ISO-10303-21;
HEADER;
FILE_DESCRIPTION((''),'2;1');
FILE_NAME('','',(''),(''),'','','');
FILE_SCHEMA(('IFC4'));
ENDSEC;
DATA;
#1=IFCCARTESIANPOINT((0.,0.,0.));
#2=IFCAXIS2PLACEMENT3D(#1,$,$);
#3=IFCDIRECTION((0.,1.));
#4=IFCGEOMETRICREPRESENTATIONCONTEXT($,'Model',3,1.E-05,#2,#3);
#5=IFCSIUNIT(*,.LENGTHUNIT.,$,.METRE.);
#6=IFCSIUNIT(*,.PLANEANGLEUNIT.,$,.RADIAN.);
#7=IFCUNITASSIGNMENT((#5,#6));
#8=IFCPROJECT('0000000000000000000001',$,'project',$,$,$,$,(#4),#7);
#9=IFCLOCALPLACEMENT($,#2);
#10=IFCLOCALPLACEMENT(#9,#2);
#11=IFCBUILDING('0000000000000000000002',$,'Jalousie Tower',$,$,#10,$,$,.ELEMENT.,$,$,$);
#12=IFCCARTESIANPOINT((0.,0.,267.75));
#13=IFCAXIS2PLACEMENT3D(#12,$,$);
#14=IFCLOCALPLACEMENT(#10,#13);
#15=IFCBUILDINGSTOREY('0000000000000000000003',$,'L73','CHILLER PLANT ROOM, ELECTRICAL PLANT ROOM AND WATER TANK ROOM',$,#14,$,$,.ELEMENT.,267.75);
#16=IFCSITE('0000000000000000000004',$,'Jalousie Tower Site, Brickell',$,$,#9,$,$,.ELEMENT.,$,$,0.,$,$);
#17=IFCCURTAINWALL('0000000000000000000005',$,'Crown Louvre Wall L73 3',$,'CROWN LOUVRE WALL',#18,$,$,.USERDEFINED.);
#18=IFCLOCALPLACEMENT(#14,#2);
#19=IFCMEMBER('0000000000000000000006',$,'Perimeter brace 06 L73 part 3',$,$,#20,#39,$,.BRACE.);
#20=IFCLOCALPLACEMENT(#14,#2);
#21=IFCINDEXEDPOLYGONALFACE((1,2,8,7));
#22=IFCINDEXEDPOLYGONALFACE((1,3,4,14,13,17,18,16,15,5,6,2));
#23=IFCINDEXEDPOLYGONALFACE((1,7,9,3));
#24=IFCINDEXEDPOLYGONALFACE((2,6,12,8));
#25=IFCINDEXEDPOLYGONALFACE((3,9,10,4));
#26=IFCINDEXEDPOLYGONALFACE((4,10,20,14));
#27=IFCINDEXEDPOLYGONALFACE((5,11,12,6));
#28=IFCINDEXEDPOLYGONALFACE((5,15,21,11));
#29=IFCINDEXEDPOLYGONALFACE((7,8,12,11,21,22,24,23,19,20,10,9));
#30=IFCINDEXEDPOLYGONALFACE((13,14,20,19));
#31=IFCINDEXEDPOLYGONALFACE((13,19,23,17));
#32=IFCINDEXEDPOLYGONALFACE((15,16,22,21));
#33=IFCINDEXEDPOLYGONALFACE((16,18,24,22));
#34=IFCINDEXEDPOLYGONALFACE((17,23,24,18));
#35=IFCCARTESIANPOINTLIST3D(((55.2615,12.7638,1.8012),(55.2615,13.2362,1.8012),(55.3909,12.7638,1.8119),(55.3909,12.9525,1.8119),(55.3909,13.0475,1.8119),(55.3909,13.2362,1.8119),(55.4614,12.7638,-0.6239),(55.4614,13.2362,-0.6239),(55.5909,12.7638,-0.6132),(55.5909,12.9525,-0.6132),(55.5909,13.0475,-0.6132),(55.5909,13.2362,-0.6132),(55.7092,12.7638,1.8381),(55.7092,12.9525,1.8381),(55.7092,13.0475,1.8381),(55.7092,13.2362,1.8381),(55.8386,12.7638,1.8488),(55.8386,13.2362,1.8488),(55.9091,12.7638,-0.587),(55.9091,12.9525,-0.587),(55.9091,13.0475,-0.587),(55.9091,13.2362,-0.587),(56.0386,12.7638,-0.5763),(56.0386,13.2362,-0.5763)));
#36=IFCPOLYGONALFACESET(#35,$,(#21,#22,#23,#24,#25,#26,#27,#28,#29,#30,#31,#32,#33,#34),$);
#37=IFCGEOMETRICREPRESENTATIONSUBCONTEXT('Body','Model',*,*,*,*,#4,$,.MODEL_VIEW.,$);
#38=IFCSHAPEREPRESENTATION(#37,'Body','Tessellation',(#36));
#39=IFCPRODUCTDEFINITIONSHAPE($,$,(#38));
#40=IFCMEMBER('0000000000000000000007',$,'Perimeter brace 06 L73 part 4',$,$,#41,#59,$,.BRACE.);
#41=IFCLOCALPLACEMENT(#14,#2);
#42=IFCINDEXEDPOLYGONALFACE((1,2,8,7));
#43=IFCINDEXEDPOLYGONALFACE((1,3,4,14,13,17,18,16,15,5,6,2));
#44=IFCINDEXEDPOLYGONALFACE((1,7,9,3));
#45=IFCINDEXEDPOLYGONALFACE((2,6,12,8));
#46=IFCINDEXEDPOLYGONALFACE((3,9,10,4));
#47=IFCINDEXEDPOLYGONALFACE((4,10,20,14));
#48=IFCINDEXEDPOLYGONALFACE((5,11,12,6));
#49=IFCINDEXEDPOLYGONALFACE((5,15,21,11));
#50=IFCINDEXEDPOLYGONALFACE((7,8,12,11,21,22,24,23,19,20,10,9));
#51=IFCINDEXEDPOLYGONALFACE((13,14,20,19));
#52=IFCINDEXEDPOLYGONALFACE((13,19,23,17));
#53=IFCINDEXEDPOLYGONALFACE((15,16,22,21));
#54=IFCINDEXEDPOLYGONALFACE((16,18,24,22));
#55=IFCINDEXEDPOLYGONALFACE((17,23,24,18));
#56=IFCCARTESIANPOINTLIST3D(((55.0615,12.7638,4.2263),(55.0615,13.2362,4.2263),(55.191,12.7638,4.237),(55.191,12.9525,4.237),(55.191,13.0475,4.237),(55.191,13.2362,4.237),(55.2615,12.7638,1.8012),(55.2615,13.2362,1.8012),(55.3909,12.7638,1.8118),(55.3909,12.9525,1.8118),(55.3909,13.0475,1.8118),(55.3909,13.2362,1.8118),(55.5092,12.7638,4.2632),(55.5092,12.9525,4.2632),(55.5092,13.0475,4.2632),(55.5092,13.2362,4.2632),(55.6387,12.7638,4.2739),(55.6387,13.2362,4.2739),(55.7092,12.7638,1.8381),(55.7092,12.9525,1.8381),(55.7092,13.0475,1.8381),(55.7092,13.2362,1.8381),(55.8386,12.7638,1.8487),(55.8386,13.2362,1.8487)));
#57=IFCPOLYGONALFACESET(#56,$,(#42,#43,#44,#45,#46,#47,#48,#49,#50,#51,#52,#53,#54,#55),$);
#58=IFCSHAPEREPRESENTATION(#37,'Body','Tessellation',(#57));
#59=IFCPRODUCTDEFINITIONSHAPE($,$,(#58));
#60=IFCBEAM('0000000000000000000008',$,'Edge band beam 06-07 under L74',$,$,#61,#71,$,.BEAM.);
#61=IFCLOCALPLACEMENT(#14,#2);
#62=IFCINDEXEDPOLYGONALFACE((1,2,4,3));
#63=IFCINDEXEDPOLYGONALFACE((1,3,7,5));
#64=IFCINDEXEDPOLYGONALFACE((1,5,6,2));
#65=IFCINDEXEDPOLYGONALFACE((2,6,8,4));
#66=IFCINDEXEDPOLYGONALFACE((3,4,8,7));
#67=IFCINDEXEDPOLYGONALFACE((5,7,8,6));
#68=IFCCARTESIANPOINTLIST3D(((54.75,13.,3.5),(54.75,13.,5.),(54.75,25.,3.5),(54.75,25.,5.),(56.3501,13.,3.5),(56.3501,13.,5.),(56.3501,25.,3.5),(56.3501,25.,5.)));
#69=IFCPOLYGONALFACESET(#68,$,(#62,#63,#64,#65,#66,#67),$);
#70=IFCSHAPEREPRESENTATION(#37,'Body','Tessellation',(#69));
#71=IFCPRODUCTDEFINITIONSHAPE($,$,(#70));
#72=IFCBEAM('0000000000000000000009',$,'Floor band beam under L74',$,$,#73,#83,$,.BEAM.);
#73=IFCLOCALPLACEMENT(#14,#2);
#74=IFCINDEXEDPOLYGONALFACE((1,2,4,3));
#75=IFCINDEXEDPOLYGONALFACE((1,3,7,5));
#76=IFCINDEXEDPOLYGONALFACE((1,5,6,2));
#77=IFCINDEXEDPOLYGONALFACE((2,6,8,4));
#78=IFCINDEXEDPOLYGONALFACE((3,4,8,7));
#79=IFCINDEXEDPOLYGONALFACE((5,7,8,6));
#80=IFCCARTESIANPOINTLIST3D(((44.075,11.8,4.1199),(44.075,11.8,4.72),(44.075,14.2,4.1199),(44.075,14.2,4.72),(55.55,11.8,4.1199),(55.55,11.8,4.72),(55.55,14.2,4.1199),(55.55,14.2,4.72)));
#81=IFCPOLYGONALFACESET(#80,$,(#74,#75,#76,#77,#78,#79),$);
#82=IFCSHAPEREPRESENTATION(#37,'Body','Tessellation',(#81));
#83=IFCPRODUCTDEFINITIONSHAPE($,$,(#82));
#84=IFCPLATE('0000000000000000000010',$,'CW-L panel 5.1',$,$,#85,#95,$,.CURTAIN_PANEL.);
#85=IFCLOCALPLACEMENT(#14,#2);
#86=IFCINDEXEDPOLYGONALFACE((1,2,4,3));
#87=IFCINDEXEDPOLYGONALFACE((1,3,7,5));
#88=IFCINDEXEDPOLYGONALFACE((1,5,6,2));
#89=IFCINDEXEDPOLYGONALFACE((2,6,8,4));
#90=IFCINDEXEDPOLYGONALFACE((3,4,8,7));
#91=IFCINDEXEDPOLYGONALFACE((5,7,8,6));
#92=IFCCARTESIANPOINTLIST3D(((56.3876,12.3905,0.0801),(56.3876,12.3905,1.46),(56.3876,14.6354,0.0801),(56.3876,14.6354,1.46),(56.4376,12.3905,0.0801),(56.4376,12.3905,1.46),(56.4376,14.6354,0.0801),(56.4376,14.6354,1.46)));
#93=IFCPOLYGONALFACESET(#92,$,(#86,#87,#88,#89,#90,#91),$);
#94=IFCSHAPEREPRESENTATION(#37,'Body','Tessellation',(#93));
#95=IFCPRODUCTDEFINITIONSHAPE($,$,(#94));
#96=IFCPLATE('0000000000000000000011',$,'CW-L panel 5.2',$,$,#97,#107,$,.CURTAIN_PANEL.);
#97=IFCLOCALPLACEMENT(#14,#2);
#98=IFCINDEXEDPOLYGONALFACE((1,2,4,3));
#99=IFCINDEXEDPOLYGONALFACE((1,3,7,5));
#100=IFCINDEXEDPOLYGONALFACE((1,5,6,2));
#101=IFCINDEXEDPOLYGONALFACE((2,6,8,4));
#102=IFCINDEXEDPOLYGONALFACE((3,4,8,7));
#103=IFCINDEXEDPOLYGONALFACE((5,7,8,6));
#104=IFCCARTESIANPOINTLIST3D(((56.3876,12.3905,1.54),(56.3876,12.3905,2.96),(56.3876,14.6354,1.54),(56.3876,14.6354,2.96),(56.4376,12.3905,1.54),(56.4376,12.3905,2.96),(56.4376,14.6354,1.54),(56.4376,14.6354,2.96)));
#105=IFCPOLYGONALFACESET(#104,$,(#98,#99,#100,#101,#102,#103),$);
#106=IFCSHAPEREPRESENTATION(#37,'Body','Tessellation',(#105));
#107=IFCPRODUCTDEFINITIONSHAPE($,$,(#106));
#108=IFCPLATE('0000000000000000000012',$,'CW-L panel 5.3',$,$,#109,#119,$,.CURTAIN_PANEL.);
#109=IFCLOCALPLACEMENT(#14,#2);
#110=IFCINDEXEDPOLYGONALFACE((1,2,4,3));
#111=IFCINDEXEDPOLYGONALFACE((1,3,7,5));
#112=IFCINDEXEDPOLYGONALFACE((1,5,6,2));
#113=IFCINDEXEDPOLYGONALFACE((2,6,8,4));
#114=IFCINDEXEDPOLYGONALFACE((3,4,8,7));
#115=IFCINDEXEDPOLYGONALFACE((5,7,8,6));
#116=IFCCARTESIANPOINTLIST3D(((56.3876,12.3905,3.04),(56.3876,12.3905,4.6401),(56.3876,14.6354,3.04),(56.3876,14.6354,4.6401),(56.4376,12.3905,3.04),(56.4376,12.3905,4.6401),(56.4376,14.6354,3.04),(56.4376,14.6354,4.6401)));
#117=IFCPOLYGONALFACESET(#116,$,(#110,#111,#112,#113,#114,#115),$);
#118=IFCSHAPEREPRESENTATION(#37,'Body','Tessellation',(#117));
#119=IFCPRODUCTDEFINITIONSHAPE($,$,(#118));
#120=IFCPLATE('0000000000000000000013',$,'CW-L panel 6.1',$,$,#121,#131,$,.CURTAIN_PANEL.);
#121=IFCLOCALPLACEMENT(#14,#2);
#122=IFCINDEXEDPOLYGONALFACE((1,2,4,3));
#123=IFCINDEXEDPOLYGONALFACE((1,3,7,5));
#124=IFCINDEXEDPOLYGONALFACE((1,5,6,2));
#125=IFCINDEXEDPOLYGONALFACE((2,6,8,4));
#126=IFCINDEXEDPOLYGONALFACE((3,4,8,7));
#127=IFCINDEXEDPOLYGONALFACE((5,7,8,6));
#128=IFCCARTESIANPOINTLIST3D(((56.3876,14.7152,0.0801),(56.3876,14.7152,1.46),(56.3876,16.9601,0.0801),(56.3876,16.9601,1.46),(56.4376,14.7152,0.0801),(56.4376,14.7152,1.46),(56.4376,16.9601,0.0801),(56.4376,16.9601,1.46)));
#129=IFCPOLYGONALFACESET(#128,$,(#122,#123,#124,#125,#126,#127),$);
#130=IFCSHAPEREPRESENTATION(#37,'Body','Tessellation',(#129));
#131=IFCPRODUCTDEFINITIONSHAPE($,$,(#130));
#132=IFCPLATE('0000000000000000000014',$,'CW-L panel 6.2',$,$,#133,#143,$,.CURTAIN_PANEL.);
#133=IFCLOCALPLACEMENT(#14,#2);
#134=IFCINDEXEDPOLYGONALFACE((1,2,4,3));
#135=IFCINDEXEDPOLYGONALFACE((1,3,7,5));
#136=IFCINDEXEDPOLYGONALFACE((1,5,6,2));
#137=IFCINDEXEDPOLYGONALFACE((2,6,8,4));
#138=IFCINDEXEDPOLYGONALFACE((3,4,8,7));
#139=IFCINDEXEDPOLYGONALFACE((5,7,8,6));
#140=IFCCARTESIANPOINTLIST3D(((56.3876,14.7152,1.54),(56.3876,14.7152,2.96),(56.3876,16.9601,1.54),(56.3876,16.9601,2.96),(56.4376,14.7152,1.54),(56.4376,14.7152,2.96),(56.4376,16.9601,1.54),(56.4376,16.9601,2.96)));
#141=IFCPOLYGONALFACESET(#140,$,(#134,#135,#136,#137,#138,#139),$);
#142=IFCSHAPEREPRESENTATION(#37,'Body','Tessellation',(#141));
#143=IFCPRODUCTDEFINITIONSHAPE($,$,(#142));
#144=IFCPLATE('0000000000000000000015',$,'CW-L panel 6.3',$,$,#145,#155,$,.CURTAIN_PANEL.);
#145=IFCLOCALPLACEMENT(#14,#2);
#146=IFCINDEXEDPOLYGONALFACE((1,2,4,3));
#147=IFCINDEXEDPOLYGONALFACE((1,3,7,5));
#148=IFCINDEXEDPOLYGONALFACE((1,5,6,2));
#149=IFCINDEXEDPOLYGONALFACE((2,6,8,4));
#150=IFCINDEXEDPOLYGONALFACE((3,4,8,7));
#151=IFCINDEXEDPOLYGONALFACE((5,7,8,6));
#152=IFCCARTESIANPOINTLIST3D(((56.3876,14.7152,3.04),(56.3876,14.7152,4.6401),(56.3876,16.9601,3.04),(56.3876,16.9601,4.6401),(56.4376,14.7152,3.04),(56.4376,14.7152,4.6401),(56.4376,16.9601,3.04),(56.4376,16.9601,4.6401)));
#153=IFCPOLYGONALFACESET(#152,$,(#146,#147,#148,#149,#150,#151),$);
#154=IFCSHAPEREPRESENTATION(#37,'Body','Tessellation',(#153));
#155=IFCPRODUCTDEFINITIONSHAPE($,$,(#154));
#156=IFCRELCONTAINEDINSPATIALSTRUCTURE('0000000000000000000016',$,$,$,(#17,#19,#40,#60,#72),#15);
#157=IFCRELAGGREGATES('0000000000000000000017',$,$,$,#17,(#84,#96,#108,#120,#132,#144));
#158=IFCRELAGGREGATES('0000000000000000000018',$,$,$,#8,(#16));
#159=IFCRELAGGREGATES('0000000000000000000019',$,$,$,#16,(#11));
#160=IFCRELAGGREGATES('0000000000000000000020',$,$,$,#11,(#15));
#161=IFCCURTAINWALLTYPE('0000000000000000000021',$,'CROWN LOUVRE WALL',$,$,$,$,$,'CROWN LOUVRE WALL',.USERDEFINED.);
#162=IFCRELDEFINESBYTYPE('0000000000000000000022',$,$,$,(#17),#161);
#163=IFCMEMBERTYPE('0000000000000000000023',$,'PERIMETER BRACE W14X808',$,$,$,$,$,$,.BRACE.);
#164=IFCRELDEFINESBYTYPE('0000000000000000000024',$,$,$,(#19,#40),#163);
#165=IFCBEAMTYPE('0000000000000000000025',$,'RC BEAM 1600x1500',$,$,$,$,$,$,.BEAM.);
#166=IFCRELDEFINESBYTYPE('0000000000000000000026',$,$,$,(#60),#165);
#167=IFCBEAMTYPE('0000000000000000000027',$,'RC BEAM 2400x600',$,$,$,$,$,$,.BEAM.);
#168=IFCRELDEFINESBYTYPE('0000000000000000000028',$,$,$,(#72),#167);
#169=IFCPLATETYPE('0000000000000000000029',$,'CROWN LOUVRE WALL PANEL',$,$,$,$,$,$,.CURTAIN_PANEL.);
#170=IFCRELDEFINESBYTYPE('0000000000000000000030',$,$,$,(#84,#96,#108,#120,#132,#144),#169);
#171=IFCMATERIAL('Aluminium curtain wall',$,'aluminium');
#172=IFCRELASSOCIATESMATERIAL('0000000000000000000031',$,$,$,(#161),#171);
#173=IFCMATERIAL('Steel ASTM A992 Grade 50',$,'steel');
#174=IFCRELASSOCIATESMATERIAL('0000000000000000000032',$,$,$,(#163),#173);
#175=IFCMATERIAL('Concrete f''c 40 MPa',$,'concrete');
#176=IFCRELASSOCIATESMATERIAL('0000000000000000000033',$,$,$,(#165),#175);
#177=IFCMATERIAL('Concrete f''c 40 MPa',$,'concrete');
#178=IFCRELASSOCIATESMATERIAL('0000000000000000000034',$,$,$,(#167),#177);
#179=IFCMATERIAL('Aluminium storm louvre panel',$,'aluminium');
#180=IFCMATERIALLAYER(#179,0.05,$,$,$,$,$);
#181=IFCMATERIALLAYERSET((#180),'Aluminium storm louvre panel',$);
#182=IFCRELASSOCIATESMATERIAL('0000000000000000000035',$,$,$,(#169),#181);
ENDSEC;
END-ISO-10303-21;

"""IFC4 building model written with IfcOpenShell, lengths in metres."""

from ifc_helpers import new_model, si_unit, direction, frame, origin, origin_2d, place, context, subcontext, project, spatial, rectangle, i_section, extrude, material, layer, layer_set, material_profile, profile_set, type_object, element, aggregate, save


model = new_model("IFC4")

# Units and contexts
model_context = context("Model", 3, precision=1e-05, world=origin(), true_north=direction((0.0, 1.0)))
body_context = subcontext(model_context, "Body", "Model", "MODEL_VIEW")
ifc_project = project(units=[si_unit("LENGTHUNIT", "METRE"), si_unit("PLANEANGLEUNIT", "RADIAN")], contexts=[model_context])

# Site, building, storey
site_placement = place(None, origin())
site = spatial("IfcSite", under=ifc_project, at=site_placement, Name="Jalousie Tower Site, Brickell", CompositionType="ELEMENT", RefElevation=0.0)
building_placement = place(site_placement, origin())
building = spatial("IfcBuilding", under=site, at=building_placement, Name="Jalousie Tower", CompositionType="ELEMENT")
storey_placement = place(building_placement, frame((0.0, 0.0, 267.75)))
storey = spatial("IfcBuildingStorey", under=building, at=storey_placement, Name="L73", Description="CHILLER PLANT ROOM, ELECTRICAL PLANT ROOM AND WATER TANK ROOM", CompositionType="ELEMENT", Elevation=267.75)

# Curtain wall
ifc_material_1 = material(Name="Aluminium curtain wall", Category="aluminium")
curtain_wall_type = type_object("IfcCurtainWallType", Name="CROWN LOUVRE WALL", ElementType="CROWN LOUVRE WALL", PredefinedType="USERDEFINED", material=ifc_material_1)
curtain_wall_placement = place(storey_placement, origin())
curtain_wall = element("IfcCurtainWall", 1, at=curtain_wall_placement, inside=storey, type_object=curtain_wall_type, Name="Crown Louvre Wall L73 3", ObjectType="CROWN LOUVRE WALL", PredefinedType="USERDEFINED")

# Members
ifc_material_2 = material(Name="Steel ASTM A992 Grade 50", Category="steel")
ifc_material_profile_1 = material_profile(ifc_material_2, i_section(OverallWidth=0.4724, OverallDepth=0.5791, WebThickness=0.095, FlangeThickness=0.1299, at=origin_2d()), Name="W14X808")
ifc_profile_set_1 = profile_set([ifc_material_profile_1], Name="Steel ASTM A992 Grade 50")
member_type_1 = type_object("IfcMemberType", Name="PERIMETER BRACE W14X808", PredefinedType="BRACE", material=ifc_profile_set_1)
for number, where, z_axis, x_axis, name in (
    (2, (55.75, 13.0, -0.6001), (-0.082174, 0.0, 0.996618), (0.0, -1.0, 0.0), "Perimeter brace 06 L73 part 3"),
    (3, (55.55, 13.0, 1.825), (-0.082174, 0.0, 0.996618), (0.0, -1.0, 0.0), "Perimeter brace 06 L73 part 4"),
):
    element("IfcMember", number, at=place(storey_placement, frame(where, z_axis=z_axis, x_axis=x_axis)), inside=storey, type_object=member_type_1, Name=name, PredefinedType="BRACE", context=body_context, shape_type="SweptSolid", body=[
        extrude(i_section(OverallWidth=0.4724, OverallDepth=0.5791, WebThickness=0.095, FlangeThickness=0.1299, at=origin_2d()), origin(), (0.0, 0.0, 1.0), 2.4333),
    ])

# Beams
ifc_material_3 = material(Name="Concrete f'c 40 MPa", Category="concrete")
ifc_material_profile_2 = material_profile(ifc_material_3, rectangle(XDim=1.6001, YDim=1.5, at=origin_2d()), Name="RC 1600x1500")
ifc_profile_set_2 = profile_set([ifc_material_profile_2], Name="Concrete f'c 40 MPa")
beam_type_1 = type_object("IfcBeamType", Name="RC BEAM 1600x1500", PredefinedType="BEAM", material=ifc_profile_set_2)
beam_1_placement = place(storey_placement, frame((55.55, 13.0, 4.25), z_axis=(0.0, 1.0, 0.0), x_axis=(-1.0, 0.0, 0.0)))
element("IfcBeam", 4, at=beam_1_placement, inside=storey, type_object=beam_type_1, Name="Edge band beam 06-07 under L74", PredefinedType="BEAM", context=body_context, shape_type="SweptSolid", body=[
    extrude(rectangle(XDim=1.6001, YDim=1.5, at=origin_2d()), origin(), (0.0, 0.0, 1.0), 12.0),
])
ifc_material_4 = material(Name="Concrete f'c 40 MPa", Category="concrete")
ifc_material_profile_3 = material_profile(ifc_material_4, rectangle(XDim=2.3999, YDim=0.6001, at=origin_2d()), Name="RC 2400x600")
ifc_profile_set_3 = profile_set([ifc_material_profile_3], Name="Concrete f'c 40 MPa")
beam_type_2 = type_object("IfcBeamType", Name="RC BEAM 2400x600", PredefinedType="BEAM", material=ifc_profile_set_3)
beam_2_placement = place(storey_placement, frame((55.55, 13.0, 4.4199), z_axis=(-1.0, 0.0, 0.0), x_axis=(0.0, -1.0, 0.0)))
element("IfcBeam", 5, at=beam_2_placement, inside=storey, type_object=beam_type_2, Name="Floor band beam under L74", PredefinedType="BEAM", context=body_context, shape_type="SweptSolid", body=[
    extrude(rectangle(XDim=2.3999, YDim=0.6001, at=origin_2d()), origin(), (0.0, 0.0, 1.0), 11.4751),
])

# Plates
ifc_material_5 = material(Name="Aluminium storm louvre panel", Category="aluminium")
ifc_layer = layer(ifc_material_5, 0.05)
ifc_layer_set = layer_set([ifc_layer], Name="Aluminium storm louvre panel")
plate_type = type_object("IfcPlateType", Name="CROWN LOUVRE WALL PANEL", PredefinedType="CURTAIN_PANEL", material=ifc_layer_set)
plate_1_placement = place(storey_placement, frame((56.4126, 13.5129, 0.0801), z_axis=(0.0, 0.0, 1.0), x_axis=(0.0, 1.0, 0.0)))
plate_1 = element("IfcPlate", 6, at=plate_1_placement, type_object=plate_type, Name="CW-L panel 5.1", PredefinedType="CURTAIN_PANEL", context=body_context, shape_type="SweptSolid", body=[
    extrude(rectangle(XDim=2.2449, YDim=0.05, at=origin_2d()), origin(), (0.0, 0.0, 1.0), 1.3799),
])
plate_2_placement = place(storey_placement, frame((56.4126, 13.5129, 1.54), z_axis=(0.0, 0.0, 1.0), x_axis=(0.0, 1.0, 0.0)))
plate_2 = element("IfcPlate", 7, at=plate_2_placement, type_object=plate_type, Name="CW-L panel 5.2", PredefinedType="CURTAIN_PANEL", context=body_context, shape_type="SweptSolid", body=[
    extrude(rectangle(XDim=2.2449, YDim=0.05, at=origin_2d()), origin(), (0.0, 0.0, 1.0), 1.4199),
])
plate_3_placement = place(storey_placement, frame((56.4126, 13.5129, 3.04), z_axis=(0.0, 0.0, 1.0), x_axis=(0.0, 1.0, 0.0)))
plate_3 = element("IfcPlate", 8, at=plate_3_placement, type_object=plate_type, Name="CW-L panel 5.3", PredefinedType="CURTAIN_PANEL", context=body_context, shape_type="SweptSolid", body=[
    extrude(rectangle(XDim=2.2449, YDim=0.05, at=origin_2d()), origin(), (0.0, 0.0, 1.0), 1.6001),
])
plate_4_placement = place(storey_placement, frame((56.4126, 15.8376, 0.0801), z_axis=(0.0, 0.0, 1.0), x_axis=(0.0, 1.0, 0.0)))
plate_4 = element("IfcPlate", 9, at=plate_4_placement, type_object=plate_type, Name="CW-L panel 6.1", PredefinedType="CURTAIN_PANEL", context=body_context, shape_type="SweptSolid", body=[
    extrude(rectangle(XDim=2.2449, YDim=0.05, at=origin_2d()), origin(), (0.0, 0.0, 1.0), 1.3799),
])
plate_5_placement = place(storey_placement, frame((56.4126, 15.8376, 1.54), z_axis=(0.0, 0.0, 1.0), x_axis=(0.0, 1.0, 0.0)))
plate_5 = element("IfcPlate", 10, at=plate_5_placement, type_object=plate_type, Name="CW-L panel 6.2", PredefinedType="CURTAIN_PANEL", context=body_context, shape_type="SweptSolid", body=[
    extrude(rectangle(XDim=2.2449, YDim=0.05, at=origin_2d()), origin(), (0.0, 0.0, 1.0), 1.4199),
])
plate_6_placement = place(storey_placement, frame((56.4126, 15.8376, 3.04), z_axis=(0.0, 0.0, 1.0), x_axis=(0.0, 1.0, 0.0)))
plate_6 = element("IfcPlate", 11, at=plate_6_placement, type_object=plate_type, Name="CW-L panel 6.3", PredefinedType="CURTAIN_PANEL", context=body_context, shape_type="SweptSolid", body=[
    extrude(rectangle(XDim=2.2449, YDim=0.05, at=origin_2d()), origin(), (0.0, 0.0, 1.0), 1.6001),
])
aggregate(curtain_wall, [plate_1, plate_2, plate_3, plate_4, plate_5, plate_6])

save(model, "model.ifc")
